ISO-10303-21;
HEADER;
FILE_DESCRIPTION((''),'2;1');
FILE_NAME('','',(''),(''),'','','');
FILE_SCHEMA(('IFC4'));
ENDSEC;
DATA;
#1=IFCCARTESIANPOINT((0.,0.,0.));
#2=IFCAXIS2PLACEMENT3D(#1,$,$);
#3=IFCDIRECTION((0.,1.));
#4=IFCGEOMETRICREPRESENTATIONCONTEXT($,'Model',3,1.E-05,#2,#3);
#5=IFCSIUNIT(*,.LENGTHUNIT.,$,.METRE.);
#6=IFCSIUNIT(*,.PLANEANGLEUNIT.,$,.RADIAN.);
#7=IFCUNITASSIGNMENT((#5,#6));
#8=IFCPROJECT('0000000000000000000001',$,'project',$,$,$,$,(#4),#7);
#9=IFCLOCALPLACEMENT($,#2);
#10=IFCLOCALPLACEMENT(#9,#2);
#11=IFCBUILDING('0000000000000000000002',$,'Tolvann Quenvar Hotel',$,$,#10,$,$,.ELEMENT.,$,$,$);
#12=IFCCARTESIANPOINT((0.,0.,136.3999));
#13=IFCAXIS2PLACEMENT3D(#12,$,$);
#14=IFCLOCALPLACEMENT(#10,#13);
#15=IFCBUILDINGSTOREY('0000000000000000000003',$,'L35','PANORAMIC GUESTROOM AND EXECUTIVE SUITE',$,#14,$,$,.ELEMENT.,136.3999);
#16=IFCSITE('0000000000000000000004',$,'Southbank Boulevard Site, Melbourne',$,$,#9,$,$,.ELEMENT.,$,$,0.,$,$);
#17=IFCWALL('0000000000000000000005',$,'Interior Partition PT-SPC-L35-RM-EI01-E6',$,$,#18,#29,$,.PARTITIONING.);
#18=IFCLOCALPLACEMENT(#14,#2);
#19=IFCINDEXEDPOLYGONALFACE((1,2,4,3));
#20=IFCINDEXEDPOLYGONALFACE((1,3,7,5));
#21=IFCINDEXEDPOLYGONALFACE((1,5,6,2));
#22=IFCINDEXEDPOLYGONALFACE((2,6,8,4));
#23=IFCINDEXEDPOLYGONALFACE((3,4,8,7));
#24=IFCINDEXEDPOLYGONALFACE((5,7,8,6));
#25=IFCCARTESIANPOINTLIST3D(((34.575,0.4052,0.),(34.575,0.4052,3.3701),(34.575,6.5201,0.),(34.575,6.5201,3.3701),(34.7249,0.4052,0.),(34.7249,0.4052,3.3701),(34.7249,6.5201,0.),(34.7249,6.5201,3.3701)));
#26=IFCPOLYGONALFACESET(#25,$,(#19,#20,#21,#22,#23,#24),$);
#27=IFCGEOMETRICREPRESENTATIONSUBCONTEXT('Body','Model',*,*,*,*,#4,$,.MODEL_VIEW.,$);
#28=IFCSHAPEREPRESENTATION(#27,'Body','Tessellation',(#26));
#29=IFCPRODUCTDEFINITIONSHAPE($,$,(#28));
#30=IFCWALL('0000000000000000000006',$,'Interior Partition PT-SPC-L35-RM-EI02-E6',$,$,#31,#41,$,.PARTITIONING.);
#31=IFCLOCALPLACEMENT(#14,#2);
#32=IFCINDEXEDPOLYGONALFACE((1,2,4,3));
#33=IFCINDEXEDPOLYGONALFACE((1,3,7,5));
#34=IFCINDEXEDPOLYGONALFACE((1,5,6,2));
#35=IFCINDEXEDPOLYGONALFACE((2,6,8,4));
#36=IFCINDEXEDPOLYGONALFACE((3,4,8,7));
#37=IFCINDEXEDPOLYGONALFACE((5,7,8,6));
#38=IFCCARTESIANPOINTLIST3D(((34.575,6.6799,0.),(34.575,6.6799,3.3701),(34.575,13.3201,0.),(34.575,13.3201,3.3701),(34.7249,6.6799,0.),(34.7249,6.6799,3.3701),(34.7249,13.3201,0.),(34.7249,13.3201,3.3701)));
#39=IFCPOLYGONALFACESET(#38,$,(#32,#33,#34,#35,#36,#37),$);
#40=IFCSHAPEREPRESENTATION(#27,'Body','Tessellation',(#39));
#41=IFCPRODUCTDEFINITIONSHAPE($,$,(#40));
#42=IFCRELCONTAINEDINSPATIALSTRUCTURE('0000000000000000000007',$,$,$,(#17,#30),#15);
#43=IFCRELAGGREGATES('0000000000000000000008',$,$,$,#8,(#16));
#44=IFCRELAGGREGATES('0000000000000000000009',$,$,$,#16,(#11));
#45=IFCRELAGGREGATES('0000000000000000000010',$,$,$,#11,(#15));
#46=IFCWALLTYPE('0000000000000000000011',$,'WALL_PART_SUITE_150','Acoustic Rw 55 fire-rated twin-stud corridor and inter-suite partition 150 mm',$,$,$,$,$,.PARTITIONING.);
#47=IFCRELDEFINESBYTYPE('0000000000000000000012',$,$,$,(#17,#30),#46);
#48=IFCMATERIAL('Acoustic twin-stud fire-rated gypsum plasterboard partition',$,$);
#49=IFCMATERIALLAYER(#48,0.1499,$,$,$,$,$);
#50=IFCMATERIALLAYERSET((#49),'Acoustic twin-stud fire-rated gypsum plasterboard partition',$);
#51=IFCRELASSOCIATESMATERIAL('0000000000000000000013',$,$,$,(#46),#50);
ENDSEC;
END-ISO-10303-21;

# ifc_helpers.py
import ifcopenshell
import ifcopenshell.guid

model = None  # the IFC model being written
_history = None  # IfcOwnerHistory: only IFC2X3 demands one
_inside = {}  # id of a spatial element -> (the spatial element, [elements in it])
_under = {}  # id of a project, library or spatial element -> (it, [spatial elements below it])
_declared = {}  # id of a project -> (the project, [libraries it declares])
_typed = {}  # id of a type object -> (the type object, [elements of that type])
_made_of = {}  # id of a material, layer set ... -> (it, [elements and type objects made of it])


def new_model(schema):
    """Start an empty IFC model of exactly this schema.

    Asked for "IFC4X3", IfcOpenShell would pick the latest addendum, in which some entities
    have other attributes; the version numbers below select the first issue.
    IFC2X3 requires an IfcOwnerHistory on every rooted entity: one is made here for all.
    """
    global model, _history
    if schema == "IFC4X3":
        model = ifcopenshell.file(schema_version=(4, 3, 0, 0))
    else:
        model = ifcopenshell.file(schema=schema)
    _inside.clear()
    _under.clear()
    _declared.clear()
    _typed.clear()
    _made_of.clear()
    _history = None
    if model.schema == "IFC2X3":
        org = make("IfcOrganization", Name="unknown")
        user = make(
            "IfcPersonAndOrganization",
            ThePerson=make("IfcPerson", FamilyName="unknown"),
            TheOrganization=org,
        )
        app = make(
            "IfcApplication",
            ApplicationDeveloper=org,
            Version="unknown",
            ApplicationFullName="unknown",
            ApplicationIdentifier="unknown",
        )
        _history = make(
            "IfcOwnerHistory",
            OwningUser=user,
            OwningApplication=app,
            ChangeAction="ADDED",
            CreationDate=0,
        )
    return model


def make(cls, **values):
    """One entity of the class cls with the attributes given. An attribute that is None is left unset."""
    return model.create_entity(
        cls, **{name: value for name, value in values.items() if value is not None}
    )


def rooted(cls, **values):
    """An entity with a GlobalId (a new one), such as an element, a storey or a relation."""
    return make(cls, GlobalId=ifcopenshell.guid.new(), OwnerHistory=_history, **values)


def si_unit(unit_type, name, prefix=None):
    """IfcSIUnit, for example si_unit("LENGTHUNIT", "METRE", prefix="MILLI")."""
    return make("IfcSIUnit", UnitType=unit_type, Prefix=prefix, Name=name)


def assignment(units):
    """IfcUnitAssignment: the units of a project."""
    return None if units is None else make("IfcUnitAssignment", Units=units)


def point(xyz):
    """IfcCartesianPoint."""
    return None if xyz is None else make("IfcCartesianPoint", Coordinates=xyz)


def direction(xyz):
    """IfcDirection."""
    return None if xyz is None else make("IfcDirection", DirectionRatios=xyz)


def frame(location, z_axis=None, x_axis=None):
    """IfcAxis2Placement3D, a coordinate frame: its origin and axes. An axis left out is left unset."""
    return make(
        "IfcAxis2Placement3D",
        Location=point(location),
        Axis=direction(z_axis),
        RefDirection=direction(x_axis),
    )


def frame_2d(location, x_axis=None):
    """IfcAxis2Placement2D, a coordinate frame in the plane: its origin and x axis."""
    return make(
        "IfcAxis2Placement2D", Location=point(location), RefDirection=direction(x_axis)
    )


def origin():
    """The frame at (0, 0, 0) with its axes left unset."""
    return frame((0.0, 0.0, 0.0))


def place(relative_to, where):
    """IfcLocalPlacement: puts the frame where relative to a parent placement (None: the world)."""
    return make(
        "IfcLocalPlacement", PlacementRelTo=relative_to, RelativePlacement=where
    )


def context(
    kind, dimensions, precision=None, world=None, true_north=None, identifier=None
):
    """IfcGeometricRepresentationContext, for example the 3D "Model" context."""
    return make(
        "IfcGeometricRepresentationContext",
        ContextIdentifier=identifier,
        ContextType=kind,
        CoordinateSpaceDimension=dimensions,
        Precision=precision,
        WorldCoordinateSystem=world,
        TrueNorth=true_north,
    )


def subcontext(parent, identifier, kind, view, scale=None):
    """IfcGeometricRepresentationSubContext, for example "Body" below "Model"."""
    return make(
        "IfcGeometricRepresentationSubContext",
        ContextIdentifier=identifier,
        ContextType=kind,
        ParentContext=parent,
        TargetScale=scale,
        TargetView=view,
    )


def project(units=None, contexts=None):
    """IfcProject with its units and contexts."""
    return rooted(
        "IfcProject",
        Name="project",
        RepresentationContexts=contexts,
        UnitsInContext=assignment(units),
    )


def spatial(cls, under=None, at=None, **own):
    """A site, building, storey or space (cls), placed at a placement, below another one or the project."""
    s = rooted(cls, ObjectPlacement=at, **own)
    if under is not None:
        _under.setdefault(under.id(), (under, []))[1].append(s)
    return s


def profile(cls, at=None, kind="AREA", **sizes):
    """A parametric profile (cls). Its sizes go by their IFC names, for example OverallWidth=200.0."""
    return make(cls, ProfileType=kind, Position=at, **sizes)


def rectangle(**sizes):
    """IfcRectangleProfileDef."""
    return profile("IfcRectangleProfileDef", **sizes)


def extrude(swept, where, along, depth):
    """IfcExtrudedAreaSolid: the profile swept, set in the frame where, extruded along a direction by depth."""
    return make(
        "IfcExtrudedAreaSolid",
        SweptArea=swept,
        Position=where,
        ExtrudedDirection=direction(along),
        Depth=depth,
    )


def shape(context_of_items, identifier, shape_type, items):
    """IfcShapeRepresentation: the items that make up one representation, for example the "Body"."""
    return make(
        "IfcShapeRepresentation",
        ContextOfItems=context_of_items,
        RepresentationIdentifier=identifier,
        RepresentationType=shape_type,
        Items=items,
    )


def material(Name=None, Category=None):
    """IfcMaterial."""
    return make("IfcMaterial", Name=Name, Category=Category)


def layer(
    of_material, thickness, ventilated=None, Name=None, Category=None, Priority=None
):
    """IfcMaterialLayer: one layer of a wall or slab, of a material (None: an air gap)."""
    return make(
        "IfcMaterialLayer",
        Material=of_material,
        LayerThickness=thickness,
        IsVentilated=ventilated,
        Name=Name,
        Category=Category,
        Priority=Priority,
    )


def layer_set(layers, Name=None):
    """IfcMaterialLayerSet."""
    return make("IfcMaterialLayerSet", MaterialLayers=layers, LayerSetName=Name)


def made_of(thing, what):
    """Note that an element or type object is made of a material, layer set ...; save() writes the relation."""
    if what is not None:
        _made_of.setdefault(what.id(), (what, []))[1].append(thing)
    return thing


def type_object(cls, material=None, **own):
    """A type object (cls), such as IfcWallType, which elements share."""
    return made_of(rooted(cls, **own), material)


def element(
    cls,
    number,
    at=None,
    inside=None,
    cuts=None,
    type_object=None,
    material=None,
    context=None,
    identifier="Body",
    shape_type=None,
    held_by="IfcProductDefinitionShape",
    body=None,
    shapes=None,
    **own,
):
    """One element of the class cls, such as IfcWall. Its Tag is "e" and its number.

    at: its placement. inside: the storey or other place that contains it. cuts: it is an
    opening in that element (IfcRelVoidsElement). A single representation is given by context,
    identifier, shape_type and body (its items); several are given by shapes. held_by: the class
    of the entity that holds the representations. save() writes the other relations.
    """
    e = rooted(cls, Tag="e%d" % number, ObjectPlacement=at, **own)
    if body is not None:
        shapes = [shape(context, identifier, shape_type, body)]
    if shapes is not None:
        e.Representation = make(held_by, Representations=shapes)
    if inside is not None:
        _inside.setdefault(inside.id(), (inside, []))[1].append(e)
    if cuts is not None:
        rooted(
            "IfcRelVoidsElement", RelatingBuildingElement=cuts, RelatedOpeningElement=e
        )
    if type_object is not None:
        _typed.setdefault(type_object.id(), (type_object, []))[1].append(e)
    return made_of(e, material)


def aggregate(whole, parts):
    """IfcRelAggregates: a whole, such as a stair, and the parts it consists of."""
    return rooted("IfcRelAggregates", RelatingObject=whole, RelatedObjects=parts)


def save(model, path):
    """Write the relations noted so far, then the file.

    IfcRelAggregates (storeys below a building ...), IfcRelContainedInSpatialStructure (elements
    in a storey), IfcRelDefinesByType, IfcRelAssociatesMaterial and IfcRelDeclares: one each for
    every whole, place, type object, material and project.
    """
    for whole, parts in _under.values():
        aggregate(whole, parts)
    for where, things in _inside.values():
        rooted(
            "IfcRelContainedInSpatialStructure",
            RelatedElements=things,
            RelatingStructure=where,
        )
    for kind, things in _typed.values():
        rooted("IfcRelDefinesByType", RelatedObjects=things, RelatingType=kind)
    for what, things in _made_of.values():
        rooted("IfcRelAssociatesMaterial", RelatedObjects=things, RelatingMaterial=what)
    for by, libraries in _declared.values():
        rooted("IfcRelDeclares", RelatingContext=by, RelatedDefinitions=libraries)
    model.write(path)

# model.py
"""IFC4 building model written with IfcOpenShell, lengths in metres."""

from ifc_helpers import new_model, si_unit, direction, frame, frame_2d, origin, place, context, subcontext, project, spatial, rectangle, extrude, material, layer, layer_set, type_object, element, save


model = new_model("IFC4")

# Units and contexts
model_context = context("Model", 3, precision=1e-05, world=origin(), true_north=direction((0.0, 1.0)))
body_context = subcontext(model_context, "Body", "Model", "MODEL_VIEW")
ifc_project = project(units=[si_unit("LENGTHUNIT", "METRE"), si_unit("PLANEANGLEUNIT", "RADIAN")], contexts=[model_context])

# Site, building, storey
site_placement = place(None, origin())
site = spatial("IfcSite", under=ifc_project, at=site_placement, Name="Southbank Boulevard Site, Melbourne", CompositionType="ELEMENT", RefElevation=0.0)
building_placement = place(site_placement, origin())
building = spatial("IfcBuilding", under=site, at=building_placement, Name="Tolvann Quenvar Hotel", CompositionType="ELEMENT")
storey_placement = place(building_placement, frame((0.0, 0.0, 136.3999)))
storey = spatial("IfcBuildingStorey", under=building, at=storey_placement, Name="L35", Description="PANORAMIC GUESTROOM AND EXECUTIVE SUITE", CompositionType="ELEMENT", Elevation=136.3999)

# Walls
ifc_material_1 = material(Name="Acoustic twin-stud fire-rated gypsum plasterboard partition")
ifc_layer_1 = layer(ifc_material_1, 0.1499)
ifc_layer_set_1 = layer_set([ifc_layer_1], Name="Acoustic twin-stud fire-rated gypsum plasterboard partition")
wall_type_1 = type_object("IfcWallType", Name="WALL_PART_SUITE_150", Description="Acoustic Rw 55 fire-rated twin-stud corridor and inter-suite partition 150 mm", PredefinedType="PARTITIONING", material=ifc_layer_set_1)
wall_1_placement = place(storey_placement, frame((34.6499, 0.405, 0.0), z_axis=(0.0, 0.0, 1.0), x_axis=(0.0, 1.0, 0.0)))
element("IfcWall", 1, at=wall_1_placement, inside=storey, type_object=wall_type_1, Name="Interior Partition PT-SPC-L35-RM-EI01-E6", PredefinedType="PARTITIONING", context=body_context, shape_type="SweptSolid", body=[
    extrude(rectangle(XDim=6.115, YDim=0.1499, at=frame_2d((3.0576, 0.0))), origin(), (0.0, 0.0, 1.0), 3.3701),
])
wall_2_placement = place(storey_placement, frame((34.6499, 6.6799, 0.0), z_axis=(0.0, 0.0, 1.0), x_axis=(0.0, 1.0, 0.0)))
element("IfcWall", 2, at=wall_2_placement, inside=storey, type_object=wall_type_1, Name="Interior Partition PT-SPC-L35-RM-EI02-E6", PredefinedType="PARTITIONING", context=body_context, shape_type="SweptSolid", body=[
    extrude(rectangle(XDim=6.6401, YDim=0.1499, at=frame_2d((3.3201, 0.0))), origin(), (0.0, 0.0, 1.0), 3.3701),
])

save(model, "model.ifc")
